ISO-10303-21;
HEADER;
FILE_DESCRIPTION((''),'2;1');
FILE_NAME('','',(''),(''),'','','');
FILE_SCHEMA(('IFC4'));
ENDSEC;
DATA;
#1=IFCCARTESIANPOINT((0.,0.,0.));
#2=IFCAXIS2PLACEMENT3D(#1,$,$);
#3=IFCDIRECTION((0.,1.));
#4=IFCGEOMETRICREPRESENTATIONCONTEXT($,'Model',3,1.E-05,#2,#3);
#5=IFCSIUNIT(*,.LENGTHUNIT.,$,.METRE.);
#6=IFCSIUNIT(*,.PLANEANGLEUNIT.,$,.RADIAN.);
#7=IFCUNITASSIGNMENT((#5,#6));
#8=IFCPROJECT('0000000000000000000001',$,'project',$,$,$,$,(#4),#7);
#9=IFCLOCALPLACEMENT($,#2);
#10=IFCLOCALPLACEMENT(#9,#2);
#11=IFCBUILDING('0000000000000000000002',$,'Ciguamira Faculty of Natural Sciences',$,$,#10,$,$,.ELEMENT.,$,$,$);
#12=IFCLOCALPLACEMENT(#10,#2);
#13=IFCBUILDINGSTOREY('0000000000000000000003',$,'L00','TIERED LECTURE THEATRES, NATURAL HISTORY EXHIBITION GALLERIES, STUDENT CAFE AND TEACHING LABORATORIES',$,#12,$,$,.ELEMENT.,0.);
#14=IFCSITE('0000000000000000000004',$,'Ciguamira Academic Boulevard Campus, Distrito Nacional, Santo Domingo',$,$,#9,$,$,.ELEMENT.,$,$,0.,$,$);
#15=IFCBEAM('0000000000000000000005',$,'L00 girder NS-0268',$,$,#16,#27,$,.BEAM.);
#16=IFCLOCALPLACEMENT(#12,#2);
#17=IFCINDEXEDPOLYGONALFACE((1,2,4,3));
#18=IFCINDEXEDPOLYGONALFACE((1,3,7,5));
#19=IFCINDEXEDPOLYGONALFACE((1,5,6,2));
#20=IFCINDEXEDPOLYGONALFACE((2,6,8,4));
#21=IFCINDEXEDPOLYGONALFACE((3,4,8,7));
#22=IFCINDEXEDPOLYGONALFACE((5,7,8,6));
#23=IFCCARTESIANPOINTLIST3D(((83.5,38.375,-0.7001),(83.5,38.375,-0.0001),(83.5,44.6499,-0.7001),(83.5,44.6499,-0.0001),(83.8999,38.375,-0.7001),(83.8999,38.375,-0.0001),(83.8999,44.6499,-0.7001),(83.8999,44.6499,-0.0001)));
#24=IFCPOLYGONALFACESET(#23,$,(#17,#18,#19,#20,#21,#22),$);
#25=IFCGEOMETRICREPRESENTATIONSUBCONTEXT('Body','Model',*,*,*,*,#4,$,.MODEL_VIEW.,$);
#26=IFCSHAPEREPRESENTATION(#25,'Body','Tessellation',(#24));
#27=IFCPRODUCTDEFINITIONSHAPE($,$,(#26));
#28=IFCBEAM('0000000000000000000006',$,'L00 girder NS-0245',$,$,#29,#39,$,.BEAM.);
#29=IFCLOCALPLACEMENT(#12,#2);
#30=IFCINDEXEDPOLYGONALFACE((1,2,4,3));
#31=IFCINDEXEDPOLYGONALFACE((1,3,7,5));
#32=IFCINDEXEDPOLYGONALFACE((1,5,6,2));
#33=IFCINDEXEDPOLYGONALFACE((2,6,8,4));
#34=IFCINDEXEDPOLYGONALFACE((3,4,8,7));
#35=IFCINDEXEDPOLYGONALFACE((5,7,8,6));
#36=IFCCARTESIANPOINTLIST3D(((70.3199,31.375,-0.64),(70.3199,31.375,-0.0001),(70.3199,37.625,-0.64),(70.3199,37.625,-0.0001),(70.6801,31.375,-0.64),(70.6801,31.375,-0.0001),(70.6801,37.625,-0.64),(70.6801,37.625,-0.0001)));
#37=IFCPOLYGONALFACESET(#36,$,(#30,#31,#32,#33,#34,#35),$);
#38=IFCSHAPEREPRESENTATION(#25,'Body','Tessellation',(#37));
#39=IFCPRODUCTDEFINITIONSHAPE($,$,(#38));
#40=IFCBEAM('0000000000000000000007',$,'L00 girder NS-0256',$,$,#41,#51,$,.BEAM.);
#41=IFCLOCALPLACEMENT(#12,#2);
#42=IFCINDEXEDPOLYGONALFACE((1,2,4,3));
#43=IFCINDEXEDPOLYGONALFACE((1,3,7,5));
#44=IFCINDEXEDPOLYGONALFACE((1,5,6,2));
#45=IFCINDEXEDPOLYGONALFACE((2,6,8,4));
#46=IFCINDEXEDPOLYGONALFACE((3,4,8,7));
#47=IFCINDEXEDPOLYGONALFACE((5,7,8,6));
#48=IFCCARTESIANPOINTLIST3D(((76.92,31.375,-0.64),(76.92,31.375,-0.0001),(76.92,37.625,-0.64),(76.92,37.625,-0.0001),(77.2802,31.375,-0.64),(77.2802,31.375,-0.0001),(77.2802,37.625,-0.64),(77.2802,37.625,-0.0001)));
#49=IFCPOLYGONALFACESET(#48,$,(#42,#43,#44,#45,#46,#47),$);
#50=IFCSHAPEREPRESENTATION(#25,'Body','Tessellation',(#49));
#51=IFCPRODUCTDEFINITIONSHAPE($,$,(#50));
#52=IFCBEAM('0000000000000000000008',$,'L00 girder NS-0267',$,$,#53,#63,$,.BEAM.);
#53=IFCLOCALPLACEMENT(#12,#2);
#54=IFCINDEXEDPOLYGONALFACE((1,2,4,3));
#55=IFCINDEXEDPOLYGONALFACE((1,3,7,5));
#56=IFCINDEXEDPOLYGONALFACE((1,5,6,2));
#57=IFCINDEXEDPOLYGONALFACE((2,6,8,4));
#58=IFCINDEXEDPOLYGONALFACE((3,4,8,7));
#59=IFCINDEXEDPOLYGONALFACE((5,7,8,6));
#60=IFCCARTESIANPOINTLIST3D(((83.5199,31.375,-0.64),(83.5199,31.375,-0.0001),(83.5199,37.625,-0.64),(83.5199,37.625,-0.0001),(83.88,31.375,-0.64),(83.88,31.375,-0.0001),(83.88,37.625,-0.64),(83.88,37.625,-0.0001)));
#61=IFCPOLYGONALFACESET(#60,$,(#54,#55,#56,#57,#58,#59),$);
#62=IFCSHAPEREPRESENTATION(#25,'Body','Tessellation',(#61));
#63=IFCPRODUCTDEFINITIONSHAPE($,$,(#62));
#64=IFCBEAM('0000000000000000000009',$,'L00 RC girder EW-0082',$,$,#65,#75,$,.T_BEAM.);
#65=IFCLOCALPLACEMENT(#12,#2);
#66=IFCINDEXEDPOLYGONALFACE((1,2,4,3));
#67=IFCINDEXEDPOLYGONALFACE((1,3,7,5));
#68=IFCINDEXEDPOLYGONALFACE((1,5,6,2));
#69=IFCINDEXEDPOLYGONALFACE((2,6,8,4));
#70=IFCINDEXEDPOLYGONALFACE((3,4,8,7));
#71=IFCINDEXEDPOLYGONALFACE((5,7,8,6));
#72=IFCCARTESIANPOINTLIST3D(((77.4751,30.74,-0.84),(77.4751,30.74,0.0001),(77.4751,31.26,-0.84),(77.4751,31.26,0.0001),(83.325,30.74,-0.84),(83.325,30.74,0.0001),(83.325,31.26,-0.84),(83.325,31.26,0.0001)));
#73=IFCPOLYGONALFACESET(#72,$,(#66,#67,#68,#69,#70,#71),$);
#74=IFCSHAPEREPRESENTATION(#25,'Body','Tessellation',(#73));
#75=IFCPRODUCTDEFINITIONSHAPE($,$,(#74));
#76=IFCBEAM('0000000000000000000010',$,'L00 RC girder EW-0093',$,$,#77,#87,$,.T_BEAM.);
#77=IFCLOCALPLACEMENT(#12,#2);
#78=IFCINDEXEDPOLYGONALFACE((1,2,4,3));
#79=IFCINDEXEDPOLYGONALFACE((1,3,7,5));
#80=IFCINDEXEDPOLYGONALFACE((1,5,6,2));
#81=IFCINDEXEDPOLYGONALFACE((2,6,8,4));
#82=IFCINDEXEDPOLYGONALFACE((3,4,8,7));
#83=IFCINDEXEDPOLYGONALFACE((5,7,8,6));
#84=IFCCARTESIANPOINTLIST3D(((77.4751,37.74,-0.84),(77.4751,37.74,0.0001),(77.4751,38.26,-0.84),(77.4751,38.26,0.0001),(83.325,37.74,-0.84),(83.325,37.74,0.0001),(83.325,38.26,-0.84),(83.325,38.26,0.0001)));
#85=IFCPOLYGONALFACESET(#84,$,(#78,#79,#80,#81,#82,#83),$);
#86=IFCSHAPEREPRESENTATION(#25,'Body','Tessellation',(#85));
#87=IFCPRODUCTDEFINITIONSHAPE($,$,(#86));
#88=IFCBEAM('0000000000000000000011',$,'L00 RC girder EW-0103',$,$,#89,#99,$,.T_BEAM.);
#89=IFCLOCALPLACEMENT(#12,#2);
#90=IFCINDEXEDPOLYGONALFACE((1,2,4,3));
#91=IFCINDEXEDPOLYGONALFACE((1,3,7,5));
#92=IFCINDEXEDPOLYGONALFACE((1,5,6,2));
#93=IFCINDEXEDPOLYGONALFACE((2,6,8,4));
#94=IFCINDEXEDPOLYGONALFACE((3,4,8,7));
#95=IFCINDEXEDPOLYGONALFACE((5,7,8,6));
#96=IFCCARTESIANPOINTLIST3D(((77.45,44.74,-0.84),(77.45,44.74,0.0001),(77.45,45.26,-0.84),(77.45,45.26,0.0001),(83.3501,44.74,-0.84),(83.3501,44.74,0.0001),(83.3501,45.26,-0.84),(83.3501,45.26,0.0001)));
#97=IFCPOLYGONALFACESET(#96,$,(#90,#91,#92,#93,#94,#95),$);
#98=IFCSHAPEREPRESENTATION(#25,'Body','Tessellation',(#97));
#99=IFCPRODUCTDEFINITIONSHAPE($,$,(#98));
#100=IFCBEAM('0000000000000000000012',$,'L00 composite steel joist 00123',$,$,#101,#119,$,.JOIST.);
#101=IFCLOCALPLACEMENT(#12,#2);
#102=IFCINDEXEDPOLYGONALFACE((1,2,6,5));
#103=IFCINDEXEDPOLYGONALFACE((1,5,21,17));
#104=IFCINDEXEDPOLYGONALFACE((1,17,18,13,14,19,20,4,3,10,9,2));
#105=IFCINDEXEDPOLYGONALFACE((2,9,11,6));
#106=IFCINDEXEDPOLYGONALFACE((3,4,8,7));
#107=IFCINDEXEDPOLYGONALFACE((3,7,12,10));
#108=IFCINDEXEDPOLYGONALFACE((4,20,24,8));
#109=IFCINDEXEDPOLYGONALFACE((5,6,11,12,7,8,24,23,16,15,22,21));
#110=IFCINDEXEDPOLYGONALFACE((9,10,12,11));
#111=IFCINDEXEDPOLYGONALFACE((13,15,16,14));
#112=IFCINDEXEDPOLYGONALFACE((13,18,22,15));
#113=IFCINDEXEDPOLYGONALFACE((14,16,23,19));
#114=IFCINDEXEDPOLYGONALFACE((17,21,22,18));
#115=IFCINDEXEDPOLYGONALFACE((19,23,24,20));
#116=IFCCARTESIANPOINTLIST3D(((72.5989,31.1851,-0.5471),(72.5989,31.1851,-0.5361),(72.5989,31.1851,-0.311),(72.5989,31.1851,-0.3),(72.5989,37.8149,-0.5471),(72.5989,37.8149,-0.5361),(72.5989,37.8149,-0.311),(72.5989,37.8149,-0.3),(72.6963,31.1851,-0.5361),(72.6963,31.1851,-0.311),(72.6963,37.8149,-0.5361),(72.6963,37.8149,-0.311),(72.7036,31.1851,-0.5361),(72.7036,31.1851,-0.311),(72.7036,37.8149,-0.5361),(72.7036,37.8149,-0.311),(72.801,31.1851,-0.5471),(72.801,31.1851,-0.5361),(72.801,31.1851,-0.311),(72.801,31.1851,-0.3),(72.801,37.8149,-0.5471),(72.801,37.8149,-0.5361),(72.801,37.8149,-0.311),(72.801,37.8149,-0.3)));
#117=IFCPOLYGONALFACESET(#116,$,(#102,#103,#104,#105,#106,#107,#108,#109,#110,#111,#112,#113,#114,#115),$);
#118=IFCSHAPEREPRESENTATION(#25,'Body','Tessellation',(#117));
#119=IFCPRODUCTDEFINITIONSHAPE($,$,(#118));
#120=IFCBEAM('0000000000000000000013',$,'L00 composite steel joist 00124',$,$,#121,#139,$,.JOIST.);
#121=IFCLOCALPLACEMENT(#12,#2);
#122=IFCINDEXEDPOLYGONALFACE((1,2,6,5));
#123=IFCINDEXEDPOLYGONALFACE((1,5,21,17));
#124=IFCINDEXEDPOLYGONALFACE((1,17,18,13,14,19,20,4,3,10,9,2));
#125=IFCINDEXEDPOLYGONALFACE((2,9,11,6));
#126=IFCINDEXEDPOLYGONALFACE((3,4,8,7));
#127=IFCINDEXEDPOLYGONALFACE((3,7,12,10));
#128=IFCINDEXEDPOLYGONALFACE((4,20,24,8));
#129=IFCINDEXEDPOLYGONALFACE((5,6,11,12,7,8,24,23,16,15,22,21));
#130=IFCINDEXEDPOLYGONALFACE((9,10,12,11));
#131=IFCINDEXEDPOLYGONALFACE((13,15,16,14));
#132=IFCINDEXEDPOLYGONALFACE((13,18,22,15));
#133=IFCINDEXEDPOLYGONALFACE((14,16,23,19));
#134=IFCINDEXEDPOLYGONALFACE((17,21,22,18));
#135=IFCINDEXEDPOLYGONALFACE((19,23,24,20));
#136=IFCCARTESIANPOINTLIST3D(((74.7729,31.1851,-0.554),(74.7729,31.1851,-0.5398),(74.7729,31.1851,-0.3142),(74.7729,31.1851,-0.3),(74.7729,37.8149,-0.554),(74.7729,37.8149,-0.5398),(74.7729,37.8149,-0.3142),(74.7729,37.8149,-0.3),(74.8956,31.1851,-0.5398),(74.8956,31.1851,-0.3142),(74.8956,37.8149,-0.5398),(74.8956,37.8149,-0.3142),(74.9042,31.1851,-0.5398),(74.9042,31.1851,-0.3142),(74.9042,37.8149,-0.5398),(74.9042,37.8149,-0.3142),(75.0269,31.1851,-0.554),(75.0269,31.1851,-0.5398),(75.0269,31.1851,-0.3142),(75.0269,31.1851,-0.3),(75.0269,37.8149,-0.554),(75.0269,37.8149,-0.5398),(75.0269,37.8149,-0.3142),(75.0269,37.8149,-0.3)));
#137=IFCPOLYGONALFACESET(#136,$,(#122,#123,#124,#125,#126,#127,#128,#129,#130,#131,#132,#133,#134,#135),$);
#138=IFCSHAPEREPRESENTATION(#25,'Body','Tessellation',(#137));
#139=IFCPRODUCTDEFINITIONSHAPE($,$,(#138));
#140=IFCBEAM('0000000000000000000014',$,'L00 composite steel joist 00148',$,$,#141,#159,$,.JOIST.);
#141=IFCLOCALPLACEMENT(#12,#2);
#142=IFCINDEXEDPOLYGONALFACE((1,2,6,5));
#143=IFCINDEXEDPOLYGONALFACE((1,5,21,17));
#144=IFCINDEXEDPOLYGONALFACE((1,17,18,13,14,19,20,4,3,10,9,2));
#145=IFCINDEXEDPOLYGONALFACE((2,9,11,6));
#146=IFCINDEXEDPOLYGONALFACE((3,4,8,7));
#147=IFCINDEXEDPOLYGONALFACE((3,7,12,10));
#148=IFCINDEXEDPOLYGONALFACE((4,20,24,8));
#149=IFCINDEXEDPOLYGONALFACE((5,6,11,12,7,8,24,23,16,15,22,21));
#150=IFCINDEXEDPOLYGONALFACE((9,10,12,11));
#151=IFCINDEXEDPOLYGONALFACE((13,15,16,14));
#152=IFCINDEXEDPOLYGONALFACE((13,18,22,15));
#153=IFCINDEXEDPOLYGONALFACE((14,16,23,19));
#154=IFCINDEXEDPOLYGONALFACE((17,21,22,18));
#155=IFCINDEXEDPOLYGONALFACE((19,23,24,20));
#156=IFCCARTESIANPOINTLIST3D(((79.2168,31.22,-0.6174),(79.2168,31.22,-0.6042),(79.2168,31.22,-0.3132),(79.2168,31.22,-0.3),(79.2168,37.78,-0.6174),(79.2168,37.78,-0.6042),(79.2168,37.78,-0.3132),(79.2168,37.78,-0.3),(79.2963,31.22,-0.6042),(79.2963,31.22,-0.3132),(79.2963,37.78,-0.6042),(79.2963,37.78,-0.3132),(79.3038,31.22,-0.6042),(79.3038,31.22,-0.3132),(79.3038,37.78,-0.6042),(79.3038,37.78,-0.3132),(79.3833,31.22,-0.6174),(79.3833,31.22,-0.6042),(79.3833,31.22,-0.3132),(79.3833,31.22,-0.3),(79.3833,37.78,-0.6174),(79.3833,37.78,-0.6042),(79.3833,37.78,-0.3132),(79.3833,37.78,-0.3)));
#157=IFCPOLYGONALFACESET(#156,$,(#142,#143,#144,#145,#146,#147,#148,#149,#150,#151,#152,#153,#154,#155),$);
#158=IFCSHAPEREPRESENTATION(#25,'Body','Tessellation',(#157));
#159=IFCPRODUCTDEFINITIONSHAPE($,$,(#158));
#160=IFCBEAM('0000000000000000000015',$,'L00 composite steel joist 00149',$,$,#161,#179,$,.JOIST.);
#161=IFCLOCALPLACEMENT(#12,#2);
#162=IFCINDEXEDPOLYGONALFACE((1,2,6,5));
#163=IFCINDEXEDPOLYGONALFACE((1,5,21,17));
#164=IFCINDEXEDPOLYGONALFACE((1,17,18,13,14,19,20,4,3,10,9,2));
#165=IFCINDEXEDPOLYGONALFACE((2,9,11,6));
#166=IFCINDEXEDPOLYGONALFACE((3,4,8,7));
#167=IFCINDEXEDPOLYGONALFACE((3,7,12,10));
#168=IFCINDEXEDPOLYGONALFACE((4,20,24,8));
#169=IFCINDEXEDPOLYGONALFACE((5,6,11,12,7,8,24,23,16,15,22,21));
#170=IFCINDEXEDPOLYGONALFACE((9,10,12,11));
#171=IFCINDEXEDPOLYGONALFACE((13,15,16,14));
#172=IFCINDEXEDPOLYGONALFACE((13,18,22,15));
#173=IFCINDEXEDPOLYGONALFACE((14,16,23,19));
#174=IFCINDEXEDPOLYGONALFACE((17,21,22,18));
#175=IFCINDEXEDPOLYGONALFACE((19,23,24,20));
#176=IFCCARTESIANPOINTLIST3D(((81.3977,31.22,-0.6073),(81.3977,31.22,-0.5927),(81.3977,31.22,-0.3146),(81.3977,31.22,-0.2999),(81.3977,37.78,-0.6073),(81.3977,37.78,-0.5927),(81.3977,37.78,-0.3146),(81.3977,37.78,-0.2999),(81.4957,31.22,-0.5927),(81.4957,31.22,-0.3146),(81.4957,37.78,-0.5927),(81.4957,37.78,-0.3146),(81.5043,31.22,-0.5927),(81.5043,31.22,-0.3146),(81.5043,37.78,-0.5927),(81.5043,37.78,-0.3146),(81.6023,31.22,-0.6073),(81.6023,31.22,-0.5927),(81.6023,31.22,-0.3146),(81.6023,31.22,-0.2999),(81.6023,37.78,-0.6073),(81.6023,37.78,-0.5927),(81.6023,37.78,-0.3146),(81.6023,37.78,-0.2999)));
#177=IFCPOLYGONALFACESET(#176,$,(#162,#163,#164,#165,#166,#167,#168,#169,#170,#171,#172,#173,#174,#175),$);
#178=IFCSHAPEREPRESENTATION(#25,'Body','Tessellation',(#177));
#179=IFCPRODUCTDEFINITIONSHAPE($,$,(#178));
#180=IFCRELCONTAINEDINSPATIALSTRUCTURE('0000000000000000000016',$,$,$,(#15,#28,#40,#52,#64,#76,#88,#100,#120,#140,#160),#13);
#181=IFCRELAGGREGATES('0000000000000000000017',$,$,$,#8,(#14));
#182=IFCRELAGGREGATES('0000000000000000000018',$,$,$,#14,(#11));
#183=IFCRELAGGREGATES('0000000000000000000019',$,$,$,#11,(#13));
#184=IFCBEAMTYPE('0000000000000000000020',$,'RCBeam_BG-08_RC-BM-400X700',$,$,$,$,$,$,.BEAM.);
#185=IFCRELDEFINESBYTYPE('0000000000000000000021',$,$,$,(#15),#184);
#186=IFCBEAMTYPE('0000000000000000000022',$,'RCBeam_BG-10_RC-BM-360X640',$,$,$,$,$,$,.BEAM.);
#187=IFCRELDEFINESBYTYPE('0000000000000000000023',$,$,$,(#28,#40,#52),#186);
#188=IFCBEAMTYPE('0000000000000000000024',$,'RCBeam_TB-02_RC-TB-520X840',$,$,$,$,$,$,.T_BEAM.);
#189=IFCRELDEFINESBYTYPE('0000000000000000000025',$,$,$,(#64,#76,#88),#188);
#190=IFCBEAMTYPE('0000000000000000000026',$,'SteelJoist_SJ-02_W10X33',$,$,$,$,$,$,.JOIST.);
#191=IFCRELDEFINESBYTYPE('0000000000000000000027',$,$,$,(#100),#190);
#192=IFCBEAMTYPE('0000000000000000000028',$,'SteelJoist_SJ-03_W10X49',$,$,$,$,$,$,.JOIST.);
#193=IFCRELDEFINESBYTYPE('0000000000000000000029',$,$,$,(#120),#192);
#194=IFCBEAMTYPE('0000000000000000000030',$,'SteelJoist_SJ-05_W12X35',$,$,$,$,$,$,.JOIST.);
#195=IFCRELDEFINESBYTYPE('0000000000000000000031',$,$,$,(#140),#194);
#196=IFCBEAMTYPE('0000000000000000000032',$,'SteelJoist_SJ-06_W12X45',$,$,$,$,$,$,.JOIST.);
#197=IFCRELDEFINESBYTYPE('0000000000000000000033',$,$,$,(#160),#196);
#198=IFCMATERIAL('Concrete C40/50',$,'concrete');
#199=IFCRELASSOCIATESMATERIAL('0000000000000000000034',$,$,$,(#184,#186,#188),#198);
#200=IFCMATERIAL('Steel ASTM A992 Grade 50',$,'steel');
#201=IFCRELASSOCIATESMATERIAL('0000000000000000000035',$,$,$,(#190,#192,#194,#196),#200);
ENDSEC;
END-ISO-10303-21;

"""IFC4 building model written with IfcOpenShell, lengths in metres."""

from ifc_helpers import new_model, si_unit, direction, frame, origin, origin_2d, place, context, subcontext, project, spatial, rectangle, i_section, extrude, material, material_profile, profile_set, type_object, element, save


model = new_model("IFC4")

# Units and contexts
model_context = context("Model", 3, precision=1e-05, world=origin(), true_north=direction((0.0, 1.0)))
body_context = subcontext(model_context, "Body", "Model", "MODEL_VIEW")
ifc_project = project(units=[si_unit("LENGTHUNIT", "METRE"), si_unit("PLANEANGLEUNIT", "RADIAN")], contexts=[model_context])

# Site, building, storey
site_placement = place(None, origin())
site = spatial("IfcSite", under=ifc_project, at=site_placement, Name="Ciguamira Academic Boulevard Campus, Distrito Nacional, Santo Domingo", CompositionType="ELEMENT", RefElevation=0.0)
building_placement = place(site_placement, origin())
building = spatial("IfcBuilding", under=site, at=building_placement, Name="Ciguamira Faculty of Natural Sciences", CompositionType="ELEMENT")
storey_placement = place(building_placement, origin())
storey = spatial("IfcBuildingStorey", under=building, at=storey_placement, Name="L00", Description="TIERED LECTURE THEATRES, NATURAL HISTORY EXHIBITION GALLERIES, STUDENT CAFE AND TEACHING LABORATORIES", CompositionType="ELEMENT", Elevation=0.0)

# Shared definitions
ifc_material_1 = material(Name="Concrete C40/50", Category="concrete")

# Beams
ifc_material_profile_1 = material_profile(ifc_material_1, rectangle(XDim=0.3999, YDim=0.7, at=origin_2d()), Name="RC-BM-400X700")
ifc_profile_set_1 = profile_set([ifc_material_profile_1], Name="Concrete C40/50")
beam_type_1 = type_object("IfcBeamType", Name="RCBeam_BG-08_RC-BM-400X700", PredefinedType="BEAM", material=ifc_profile_set_1)
for number, where, z_axis, x_axis, name in (
    (1, (83.7, 38.375, -0.3501), (0.0, 1.0, 0.0), (-1.0, 0.0, 0.0), "L00 girder NS-0268"),
):
    element("IfcBeam", number, at=place(storey_placement, frame(where, z_axis=z_axis, x_axis=x_axis)), inside=storey, type_object=beam_type_1, Name=name, PredefinedType="BEAM", context=body_context, shape_type="SweptSolid", body=[
        extrude(rectangle(XDim=0.3999, YDim=0.7, at=origin_2d()), origin(), (0.0, 0.0, 1.0), 6.2749),
    ])
ifc_material_profile_2 = material_profile(ifc_material_1, rectangle(XDim=0.3601, YDim=0.6399, at=origin_2d()), Name="RC-BM-360X640")
ifc_profile_set_2 = profile_set([ifc_material_profile_2], Name="Concrete C40/50")
beam_type_2 = type_object("IfcBeamType", Name="RCBeam_BG-10_RC-BM-360X640", PredefinedType="BEAM", material=ifc_profile_set_2)
for number, where, z_axis, x_axis, name in (
    (2, (70.5, 31.375, -0.3201), (0.0, 1.0, 0.0), (-1.0, 0.0, 0.0), "L00 girder NS-0245"),
    (3, (77.1001, 31.375, -0.3201), (0.0, 1.0, 0.0), (-1.0, 0.0, 0.0), "L00 girder NS-0256"),
    (4, (83.7, 31.375, -0.3201), (0.0, 1.0, 0.0), (-1.0, 0.0, 0.0), "L00 girder NS-0267"),
):
    element("IfcBeam", number, at=place(storey_placement, frame(where, z_axis=z_axis, x_axis=x_axis)), inside=storey, type_object=beam_type_2, Name=name, PredefinedType="BEAM", context=body_context, shape_type="SweptSolid", body=[
        extrude(rectangle(XDim=0.3601, YDim=0.6399, at=origin_2d()), origin(), (0.0, 0.0, 1.0), 6.25),
    ])
ifc_material_profile_3 = material_profile(ifc_material_1, rectangle(XDim=0.52, YDim=0.8401, at=origin_2d()), Name="RC-TB-520X840")
ifc_profile_set_3 = profile_set([ifc_material_profile_3], Name="Concrete C40/50")
beam_type_3 = type_object("IfcBeamType", Name="RCBeam_TB-02_RC-TB-520X840", PredefinedType="T_BEAM", material=ifc_profile_set_3)
for number, where, z_axis, x_axis, name in (
    (5, (77.4751, 31.0, -0.4199), (1.0, 0.0, 0.0), (0.0, 1.0, 0.0), "L00 RC girder EW-0082"),
    (6, (77.4751, 38.0, -0.4199), (1.0, 0.0, 0.0), (0.0, 1.0, 0.0), "L00 RC girder EW-0093"),
):
    element("IfcBeam", number, at=place(storey_placement, frame(where, z_axis=z_axis, x_axis=x_axis)), inside=storey, type_object=beam_type_3, Name=name, PredefinedType="T_BEAM", context=body_context, shape_type="SweptSolid", body=[
        extrude(rectangle(XDim=0.52, YDim=0.8401, at=origin_2d()), origin(), (0.0, 0.0, 1.0), 5.8499),
    ])
beam_1_placement = place(storey_placement, frame((77.45, 45.0, -0.4199), z_axis=(1.0, 0.0, 0.0), x_axis=(0.0, 1.0, 0.0)))
element("IfcBeam", 7, at=beam_1_placement, inside=storey, type_object=beam_type_3, Name="L00 RC girder EW-0103", PredefinedType="T_BEAM", context=body_context, shape_type="SweptSolid", body=[
    extrude(rectangle(XDim=0.52, YDim=0.8401, at=origin_2d()), origin(), (0.0, 0.0, 1.0), 5.9001),
])
ifc_material_2 = material(Name="Steel ASTM A992 Grade 50", Category="steel")
ifc_material_profile_4 = material_profile(ifc_material_2, i_section(OverallWidth=0.2021, OverallDepth=0.2471, WebThickness=0.0073, FlangeThickness=0.011, at=origin_2d()), Name="W10X33")
ifc_profile_set_4 = profile_set([ifc_material_profile_4], Name="Steel ASTM A992 Grade 50")
beam_type_4 = type_object("IfcBeamType", Name="SteelJoist_SJ-02_W10X33", PredefinedType="JOIST", material=ifc_profile_set_4)
beam_2_placement = place(storey_placement, frame((72.7, 31.1851, -0.4236), z_axis=(0.0, 1.0, 0.0), x_axis=(-1.0, 0.0, 0.0)))
element("IfcBeam", 8, at=beam_2_placement, inside=storey, type_object=beam_type_4, Name="L00 composite steel joist 00123", PredefinedType="JOIST", context=body_context, shape_type="SweptSolid", body=[
    extrude(i_section(OverallWidth=0.2021, OverallDepth=0.2471, WebThickness=0.0073, FlangeThickness=0.011, at=origin_2d()), origin(), (0.0, 0.0, 1.0), 6.6299),
])
ifc_material_profile_5 = material_profile(ifc_material_2, i_section(OverallWidth=0.2539, OverallDepth=0.2539, WebThickness=0.0085, FlangeThickness=0.0142, at=origin_2d()), Name="W10X49")
ifc_profile_set_5 = profile_set([ifc_material_profile_5], Name="Steel ASTM A992 Grade 50")
beam_type_5 = type_object("IfcBeamType", Name="SteelJoist_SJ-03_W10X49", PredefinedType="JOIST", material=ifc_profile_set_5)
beam_3_placement = place(storey_placement, frame((74.8999, 31.1851, -0.427), z_axis=(0.0, 1.0, 0.0), x_axis=(-1.0, 0.0, 0.0)))
element("IfcBeam", 9, at=beam_3_placement, inside=storey, type_object=beam_type_5, Name="L00 composite steel joist 00124", PredefinedType="JOIST", context=body_context, shape_type="SweptSolid", body=[
    extrude(i_section(OverallWidth=0.2539, OverallDepth=0.2539, WebThickness=0.0085, FlangeThickness=0.0142, at=origin_2d()), origin(), (0.0, 0.0, 1.0), 6.6299),
])
ifc_material_profile_6 = material_profile(ifc_material_2, i_section(OverallWidth=0.1665, OverallDepth=0.3174, WebThickness=0.0076, FlangeThickness=0.0132, at=origin_2d()), Name="W12X35")
ifc_profile_set_6 = profile_set([ifc_material_profile_6], Name="Steel ASTM A992 Grade 50")
beam_type_6 = type_object("IfcBeamType", Name="SteelJoist_SJ-05_W12X35", PredefinedType="JOIST", material=ifc_profile_set_6)
beam_4_placement = place(storey_placement, frame((79.3, 31.22, -0.4587), z_axis=(0.0, 1.0, 0.0), x_axis=(-1.0, 0.0, 0.0)))
element("IfcBeam", 10, at=beam_4_placement, inside=storey, type_object=beam_type_6, Name="L00 composite steel joist 00148", PredefinedType="JOIST", context=body_context, shape_type="SweptSolid", body=[
    extrude(i_section(OverallWidth=0.1665, OverallDepth=0.3174, WebThickness=0.0076, FlangeThickness=0.0132, at=origin_2d()), origin(), (0.0, 0.0, 1.0), 6.5601),
])
ifc_material_profile_7 = material_profile(ifc_material_2, i_section(OverallWidth=0.2046, OverallDepth=0.3074, WebThickness=0.0085, FlangeThickness=0.0146, at=origin_2d()), Name="W12X45")
ifc_profile_set_7 = profile_set([ifc_material_profile_7], Name="Steel ASTM A992 Grade 50")
beam_type_7 = type_object("IfcBeamType", Name="SteelJoist_SJ-06_W12X45", PredefinedType="JOIST", material=ifc_profile_set_7)
beam_5_placement = place(storey_placement, frame((81.5, 31.22, -0.4536), z_axis=(0.0, 1.0, 0.0), x_axis=(-1.0, 0.0, 0.0)))
element("IfcBeam", 11, at=beam_5_placement, inside=storey, type_object=beam_type_7, Name="L00 composite steel joist 00149", PredefinedType="JOIST", context=body_context, shape_type="SweptSolid", body=[
    extrude(i_section(OverallWidth=0.2046, OverallDepth=0.3074, WebThickness=0.0085, FlangeThickness=0.0146, at=origin_2d()), origin(), (0.0, 0.0, 1.0), 6.5601),
])

save(model, "model.ifc")
